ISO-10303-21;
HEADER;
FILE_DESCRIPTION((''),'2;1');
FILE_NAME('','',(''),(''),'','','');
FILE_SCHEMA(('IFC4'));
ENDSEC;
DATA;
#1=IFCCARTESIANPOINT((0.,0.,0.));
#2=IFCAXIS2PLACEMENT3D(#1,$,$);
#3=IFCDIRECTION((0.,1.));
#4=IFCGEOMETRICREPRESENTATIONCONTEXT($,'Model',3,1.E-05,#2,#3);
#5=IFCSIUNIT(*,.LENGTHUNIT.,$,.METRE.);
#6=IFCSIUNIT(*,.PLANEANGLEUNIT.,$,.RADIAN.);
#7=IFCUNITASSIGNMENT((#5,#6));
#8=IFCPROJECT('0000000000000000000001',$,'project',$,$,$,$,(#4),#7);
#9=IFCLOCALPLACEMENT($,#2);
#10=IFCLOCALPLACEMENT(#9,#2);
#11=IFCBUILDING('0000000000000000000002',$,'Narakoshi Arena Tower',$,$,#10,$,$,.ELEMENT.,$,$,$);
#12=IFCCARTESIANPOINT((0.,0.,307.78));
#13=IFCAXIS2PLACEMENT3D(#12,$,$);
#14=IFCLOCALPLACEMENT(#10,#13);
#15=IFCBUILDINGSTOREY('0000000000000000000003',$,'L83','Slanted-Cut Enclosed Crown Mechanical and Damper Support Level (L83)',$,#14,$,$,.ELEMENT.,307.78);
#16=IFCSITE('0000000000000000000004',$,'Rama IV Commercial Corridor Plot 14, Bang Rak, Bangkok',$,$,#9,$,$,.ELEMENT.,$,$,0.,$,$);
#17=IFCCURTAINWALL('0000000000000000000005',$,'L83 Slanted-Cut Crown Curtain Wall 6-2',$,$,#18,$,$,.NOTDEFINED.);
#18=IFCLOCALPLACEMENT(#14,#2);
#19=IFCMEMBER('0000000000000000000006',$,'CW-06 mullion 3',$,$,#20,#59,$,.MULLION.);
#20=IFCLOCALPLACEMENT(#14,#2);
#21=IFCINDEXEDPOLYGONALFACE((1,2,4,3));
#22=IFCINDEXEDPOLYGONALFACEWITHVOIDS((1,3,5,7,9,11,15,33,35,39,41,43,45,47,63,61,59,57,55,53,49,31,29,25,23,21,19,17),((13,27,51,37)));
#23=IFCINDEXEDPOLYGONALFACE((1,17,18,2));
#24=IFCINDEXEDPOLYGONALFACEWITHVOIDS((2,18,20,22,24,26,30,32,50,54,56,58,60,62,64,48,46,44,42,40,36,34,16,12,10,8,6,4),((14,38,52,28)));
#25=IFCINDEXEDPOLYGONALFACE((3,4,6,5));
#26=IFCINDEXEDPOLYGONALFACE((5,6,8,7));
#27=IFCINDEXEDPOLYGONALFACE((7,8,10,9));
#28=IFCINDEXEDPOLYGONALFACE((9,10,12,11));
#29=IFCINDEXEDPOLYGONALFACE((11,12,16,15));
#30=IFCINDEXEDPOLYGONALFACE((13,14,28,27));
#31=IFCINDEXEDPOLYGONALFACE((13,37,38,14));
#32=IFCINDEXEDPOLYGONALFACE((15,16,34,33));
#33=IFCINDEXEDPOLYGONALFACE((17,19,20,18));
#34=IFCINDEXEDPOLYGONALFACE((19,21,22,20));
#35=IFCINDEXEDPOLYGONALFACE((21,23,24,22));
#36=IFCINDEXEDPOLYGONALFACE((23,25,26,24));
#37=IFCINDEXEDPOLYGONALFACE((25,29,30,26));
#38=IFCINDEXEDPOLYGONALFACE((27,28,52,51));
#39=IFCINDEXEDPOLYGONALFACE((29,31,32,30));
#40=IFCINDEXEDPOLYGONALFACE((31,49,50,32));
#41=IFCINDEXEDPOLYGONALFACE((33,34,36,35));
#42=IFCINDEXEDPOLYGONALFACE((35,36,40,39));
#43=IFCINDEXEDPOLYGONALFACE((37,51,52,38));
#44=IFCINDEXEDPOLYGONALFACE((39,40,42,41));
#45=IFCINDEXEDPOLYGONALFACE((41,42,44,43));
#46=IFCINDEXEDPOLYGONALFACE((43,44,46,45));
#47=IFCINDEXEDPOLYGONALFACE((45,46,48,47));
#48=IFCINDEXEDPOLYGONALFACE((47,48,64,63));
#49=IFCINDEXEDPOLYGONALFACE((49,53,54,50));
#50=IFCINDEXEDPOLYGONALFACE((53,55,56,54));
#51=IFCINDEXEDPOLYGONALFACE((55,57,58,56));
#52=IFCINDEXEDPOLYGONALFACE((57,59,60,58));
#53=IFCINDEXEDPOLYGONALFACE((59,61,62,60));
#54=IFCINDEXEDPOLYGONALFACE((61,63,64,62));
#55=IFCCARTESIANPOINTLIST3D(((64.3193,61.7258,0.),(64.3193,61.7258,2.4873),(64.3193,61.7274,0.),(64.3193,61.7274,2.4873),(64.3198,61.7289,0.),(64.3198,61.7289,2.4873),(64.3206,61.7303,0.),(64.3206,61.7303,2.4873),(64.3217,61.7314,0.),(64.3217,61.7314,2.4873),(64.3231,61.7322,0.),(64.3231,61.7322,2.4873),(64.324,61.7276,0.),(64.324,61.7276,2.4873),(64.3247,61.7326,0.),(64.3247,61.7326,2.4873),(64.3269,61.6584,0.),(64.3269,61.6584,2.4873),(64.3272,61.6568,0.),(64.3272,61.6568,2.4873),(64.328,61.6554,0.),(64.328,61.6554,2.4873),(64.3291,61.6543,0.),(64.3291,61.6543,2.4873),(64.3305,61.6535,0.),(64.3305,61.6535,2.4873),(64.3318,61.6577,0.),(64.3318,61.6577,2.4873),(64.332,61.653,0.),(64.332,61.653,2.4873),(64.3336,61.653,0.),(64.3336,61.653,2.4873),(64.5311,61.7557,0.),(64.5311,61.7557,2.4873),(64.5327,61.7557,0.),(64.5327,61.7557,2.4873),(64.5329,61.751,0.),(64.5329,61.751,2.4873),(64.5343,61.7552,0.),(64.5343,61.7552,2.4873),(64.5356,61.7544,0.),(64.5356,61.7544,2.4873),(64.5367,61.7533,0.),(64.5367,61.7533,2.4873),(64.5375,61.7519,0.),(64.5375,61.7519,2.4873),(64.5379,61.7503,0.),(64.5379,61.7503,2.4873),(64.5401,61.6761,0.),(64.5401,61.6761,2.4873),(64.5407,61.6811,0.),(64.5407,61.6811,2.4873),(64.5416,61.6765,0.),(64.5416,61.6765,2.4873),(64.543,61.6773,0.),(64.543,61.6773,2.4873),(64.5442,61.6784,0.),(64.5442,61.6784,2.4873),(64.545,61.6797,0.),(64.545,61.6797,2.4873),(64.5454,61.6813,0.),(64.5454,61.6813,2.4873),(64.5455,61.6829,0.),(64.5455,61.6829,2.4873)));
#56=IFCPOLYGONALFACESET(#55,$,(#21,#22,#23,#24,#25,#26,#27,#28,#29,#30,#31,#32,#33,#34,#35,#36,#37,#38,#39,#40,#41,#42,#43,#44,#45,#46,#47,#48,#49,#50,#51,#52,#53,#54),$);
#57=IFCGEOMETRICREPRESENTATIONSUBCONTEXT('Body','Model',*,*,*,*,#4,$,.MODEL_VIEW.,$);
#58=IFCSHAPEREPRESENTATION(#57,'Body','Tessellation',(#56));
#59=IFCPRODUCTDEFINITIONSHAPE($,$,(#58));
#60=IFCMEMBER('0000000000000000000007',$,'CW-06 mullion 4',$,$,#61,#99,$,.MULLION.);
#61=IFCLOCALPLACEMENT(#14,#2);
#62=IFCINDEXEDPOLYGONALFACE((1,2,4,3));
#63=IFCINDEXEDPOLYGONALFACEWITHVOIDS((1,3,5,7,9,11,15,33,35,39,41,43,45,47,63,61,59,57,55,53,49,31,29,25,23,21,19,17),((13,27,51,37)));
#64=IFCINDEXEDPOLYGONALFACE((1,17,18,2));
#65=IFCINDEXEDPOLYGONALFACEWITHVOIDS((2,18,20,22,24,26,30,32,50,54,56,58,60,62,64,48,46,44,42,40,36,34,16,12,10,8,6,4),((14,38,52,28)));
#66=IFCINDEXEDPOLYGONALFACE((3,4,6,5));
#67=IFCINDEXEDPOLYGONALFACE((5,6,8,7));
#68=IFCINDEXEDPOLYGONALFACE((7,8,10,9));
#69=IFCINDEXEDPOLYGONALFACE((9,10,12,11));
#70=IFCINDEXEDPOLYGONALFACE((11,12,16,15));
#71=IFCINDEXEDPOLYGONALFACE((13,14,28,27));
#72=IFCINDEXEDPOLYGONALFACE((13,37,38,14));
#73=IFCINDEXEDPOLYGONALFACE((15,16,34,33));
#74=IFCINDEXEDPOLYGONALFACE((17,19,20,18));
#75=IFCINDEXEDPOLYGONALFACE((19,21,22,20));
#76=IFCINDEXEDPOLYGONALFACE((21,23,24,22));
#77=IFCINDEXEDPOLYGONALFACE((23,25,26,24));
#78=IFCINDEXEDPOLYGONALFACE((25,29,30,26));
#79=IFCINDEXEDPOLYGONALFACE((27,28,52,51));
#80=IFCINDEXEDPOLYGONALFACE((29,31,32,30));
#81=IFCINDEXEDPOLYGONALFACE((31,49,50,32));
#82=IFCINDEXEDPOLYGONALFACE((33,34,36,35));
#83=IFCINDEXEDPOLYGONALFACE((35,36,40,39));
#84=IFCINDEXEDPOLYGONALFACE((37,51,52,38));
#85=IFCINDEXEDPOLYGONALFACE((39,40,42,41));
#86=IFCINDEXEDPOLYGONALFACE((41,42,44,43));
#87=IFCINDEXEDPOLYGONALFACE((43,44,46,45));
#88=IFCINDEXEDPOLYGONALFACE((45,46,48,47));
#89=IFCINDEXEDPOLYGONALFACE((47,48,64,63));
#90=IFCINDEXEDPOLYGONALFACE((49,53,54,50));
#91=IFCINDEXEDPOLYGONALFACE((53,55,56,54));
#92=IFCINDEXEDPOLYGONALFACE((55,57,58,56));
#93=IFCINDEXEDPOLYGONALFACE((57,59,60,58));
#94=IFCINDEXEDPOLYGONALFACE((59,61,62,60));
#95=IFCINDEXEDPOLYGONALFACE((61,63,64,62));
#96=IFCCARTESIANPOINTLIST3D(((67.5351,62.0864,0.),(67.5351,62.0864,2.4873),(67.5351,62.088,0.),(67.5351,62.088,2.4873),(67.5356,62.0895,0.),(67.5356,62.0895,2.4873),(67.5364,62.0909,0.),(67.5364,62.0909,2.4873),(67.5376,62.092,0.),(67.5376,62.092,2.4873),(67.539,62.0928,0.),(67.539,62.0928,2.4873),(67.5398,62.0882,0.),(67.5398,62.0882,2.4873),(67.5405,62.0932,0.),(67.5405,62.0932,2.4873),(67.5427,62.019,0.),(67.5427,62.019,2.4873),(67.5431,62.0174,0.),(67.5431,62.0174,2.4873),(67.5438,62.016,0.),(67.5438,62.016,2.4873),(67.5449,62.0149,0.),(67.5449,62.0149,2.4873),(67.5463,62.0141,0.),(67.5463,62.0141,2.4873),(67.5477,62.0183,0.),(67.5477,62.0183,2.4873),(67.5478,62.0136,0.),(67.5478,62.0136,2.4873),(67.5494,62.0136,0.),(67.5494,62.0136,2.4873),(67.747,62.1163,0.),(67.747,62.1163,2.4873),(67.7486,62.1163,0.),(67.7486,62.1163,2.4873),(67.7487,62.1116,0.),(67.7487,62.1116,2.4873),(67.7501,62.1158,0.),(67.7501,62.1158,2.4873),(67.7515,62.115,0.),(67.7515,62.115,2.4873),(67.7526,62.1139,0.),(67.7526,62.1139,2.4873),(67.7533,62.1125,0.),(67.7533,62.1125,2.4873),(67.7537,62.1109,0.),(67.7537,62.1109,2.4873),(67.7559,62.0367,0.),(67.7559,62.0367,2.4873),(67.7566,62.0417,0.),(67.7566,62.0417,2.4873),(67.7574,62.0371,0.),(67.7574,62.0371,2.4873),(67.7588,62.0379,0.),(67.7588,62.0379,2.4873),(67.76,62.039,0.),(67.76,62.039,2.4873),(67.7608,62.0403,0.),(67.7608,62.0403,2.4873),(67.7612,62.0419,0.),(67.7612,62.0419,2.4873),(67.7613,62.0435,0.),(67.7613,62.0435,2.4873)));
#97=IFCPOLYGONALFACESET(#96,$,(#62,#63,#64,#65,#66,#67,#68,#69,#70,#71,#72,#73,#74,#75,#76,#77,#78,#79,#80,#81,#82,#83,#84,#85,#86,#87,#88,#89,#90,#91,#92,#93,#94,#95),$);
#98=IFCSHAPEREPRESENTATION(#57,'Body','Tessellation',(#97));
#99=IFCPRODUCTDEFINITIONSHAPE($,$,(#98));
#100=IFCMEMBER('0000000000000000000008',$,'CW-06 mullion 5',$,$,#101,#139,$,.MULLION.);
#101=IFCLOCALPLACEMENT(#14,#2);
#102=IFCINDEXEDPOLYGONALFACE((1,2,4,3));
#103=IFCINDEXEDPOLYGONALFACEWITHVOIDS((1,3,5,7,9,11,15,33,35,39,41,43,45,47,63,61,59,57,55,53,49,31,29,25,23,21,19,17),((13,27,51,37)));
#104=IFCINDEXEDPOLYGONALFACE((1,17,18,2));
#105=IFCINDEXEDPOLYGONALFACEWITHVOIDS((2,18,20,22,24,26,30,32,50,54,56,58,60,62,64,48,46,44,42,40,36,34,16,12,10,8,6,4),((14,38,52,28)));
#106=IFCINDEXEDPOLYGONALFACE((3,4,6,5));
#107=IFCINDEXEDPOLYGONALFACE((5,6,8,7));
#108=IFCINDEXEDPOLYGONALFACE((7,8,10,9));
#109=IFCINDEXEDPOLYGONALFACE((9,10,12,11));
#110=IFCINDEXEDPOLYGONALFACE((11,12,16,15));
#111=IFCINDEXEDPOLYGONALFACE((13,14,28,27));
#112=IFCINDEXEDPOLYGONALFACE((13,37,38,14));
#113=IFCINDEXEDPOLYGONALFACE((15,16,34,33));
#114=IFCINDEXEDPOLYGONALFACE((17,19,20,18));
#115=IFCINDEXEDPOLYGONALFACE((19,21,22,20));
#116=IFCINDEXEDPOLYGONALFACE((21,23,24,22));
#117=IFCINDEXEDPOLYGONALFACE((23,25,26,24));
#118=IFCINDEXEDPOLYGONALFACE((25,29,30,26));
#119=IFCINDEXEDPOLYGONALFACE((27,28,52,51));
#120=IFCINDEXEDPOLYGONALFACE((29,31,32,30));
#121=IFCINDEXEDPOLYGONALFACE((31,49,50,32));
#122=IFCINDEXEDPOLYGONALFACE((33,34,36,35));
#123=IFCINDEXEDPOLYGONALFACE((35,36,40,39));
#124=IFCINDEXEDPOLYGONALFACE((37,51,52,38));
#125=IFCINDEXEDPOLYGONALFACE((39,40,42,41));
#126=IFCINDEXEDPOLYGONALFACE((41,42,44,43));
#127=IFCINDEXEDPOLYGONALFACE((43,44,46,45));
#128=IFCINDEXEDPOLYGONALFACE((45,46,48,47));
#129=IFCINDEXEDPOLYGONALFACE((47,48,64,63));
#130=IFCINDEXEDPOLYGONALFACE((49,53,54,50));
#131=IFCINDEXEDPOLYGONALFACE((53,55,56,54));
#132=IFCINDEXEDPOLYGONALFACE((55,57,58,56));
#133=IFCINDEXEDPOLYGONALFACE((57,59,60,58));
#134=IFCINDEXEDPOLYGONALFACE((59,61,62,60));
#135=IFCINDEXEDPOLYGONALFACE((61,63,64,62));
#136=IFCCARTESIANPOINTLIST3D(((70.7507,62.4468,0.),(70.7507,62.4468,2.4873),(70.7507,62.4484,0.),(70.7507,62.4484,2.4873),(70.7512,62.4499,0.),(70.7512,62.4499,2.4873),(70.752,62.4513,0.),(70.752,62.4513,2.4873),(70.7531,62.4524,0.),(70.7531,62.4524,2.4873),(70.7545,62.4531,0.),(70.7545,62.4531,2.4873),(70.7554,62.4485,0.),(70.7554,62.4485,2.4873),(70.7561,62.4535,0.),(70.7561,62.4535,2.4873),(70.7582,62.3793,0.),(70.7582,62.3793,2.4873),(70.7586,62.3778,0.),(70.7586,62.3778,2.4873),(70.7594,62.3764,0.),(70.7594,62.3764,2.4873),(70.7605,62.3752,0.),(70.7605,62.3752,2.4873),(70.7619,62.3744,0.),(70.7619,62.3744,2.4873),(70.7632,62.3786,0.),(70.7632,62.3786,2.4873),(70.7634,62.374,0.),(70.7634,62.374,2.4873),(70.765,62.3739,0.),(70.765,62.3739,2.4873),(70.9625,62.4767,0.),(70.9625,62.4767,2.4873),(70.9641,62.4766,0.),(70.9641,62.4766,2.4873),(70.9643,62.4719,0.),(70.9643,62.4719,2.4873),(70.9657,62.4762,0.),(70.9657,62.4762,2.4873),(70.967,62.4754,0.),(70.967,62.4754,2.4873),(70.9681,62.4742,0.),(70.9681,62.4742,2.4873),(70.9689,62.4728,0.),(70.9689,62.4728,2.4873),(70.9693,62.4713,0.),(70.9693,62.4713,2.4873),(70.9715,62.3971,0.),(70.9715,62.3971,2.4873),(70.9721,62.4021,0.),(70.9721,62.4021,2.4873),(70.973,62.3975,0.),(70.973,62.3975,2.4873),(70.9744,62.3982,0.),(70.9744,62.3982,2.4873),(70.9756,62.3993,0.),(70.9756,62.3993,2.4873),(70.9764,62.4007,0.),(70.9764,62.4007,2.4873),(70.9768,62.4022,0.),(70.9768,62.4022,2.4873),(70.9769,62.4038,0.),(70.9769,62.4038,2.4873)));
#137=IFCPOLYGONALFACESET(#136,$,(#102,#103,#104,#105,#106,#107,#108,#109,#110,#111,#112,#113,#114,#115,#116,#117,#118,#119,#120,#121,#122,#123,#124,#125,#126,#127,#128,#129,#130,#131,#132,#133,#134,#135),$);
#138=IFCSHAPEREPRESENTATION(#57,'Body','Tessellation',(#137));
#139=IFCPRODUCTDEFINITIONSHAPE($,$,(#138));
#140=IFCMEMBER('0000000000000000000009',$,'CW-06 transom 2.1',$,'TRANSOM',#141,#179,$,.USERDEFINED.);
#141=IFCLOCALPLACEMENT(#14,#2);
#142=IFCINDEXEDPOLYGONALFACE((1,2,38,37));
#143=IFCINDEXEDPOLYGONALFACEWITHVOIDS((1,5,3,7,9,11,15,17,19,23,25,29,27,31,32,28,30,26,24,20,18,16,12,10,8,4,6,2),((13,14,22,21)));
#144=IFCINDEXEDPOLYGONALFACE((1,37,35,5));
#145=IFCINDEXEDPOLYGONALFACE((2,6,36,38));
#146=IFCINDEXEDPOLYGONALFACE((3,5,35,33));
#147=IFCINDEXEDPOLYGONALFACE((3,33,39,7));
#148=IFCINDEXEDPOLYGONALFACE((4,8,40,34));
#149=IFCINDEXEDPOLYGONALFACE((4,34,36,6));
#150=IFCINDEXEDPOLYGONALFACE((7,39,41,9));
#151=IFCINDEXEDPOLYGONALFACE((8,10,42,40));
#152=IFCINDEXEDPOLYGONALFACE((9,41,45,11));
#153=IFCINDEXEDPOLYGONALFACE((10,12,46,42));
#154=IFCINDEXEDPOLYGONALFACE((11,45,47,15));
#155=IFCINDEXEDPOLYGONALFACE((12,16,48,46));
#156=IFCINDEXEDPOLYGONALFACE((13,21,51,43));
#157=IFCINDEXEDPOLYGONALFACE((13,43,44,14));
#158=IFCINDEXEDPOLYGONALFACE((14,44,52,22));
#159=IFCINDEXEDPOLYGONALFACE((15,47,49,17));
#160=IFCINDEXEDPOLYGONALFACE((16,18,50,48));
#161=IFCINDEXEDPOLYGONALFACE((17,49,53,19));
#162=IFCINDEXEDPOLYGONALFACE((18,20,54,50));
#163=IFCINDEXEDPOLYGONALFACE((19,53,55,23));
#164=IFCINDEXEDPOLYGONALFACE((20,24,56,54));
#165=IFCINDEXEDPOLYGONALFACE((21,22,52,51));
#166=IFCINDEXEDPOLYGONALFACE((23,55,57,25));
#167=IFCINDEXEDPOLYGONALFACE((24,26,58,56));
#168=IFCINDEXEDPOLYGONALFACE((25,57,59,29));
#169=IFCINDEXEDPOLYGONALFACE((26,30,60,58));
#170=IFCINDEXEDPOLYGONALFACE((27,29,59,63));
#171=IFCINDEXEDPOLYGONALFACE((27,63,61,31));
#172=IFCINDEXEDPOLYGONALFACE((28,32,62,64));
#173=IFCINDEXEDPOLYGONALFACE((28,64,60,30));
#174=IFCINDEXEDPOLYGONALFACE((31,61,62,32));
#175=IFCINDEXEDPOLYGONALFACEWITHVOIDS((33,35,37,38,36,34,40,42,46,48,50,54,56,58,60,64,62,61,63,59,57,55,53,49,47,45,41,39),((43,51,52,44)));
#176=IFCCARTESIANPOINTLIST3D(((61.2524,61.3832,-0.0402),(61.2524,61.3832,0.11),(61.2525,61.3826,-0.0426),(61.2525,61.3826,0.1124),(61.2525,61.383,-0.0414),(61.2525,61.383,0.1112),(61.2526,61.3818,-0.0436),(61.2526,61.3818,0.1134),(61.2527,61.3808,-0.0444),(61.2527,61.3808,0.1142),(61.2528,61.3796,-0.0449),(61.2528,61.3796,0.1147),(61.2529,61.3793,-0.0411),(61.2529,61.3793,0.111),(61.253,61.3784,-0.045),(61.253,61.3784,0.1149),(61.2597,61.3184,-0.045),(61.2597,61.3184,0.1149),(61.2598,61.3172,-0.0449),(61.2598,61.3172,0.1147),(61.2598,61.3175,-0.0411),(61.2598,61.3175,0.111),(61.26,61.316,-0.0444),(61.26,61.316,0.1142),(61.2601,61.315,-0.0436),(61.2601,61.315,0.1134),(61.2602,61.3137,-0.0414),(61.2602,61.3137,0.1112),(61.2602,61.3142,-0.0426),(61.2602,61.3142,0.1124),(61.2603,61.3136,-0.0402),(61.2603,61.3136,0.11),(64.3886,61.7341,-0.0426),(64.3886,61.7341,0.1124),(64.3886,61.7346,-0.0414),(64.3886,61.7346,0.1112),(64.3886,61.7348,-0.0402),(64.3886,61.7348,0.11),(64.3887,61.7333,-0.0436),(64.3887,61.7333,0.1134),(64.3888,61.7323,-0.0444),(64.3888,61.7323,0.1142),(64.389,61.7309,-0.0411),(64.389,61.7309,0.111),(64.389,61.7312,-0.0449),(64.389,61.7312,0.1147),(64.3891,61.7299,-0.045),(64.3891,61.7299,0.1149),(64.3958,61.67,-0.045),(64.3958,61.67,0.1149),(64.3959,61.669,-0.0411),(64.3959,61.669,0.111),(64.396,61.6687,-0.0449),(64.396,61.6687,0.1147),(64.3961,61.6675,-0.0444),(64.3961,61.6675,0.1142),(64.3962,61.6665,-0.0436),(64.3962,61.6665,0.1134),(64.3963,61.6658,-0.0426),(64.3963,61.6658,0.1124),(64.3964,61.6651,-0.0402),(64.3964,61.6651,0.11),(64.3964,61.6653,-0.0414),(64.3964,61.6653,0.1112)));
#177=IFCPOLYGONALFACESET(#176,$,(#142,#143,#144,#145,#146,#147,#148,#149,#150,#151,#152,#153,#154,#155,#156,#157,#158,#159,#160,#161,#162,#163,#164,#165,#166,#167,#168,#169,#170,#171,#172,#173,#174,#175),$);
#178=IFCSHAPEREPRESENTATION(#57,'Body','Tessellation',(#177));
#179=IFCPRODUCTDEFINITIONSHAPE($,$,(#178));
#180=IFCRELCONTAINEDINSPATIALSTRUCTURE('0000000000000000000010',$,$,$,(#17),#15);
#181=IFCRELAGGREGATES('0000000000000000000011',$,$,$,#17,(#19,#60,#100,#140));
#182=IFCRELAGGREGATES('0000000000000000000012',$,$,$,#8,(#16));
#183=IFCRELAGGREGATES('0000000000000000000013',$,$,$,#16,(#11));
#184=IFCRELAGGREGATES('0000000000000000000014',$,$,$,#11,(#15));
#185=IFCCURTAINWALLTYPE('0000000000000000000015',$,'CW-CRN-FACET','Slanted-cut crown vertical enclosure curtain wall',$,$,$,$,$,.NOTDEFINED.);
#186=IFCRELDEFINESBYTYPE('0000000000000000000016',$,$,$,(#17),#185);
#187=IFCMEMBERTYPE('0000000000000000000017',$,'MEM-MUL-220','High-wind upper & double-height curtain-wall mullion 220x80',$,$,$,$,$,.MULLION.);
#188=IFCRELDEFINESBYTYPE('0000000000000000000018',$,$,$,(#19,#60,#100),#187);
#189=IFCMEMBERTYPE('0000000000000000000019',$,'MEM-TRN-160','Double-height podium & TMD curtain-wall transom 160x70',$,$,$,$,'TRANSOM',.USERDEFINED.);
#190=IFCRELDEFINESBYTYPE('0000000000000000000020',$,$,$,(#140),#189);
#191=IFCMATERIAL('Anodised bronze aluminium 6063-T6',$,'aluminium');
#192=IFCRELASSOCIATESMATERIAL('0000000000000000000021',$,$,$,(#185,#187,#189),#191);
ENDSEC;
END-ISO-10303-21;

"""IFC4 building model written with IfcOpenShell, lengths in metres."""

from ifc_helpers import new_model, si_unit, direction, frame, origin, origin_2d, place, context, subcontext, project, spatial, hollow_rectangle, extrude, material, material_profile, profile_set, type_object, element, aggregate, save


model = new_model("IFC4")

# Units and contexts
model_context = context("Model", 3, precision=1e-05, world=origin(), true_north=direction((0.0, 1.0)))
body_context = subcontext(model_context, "Body", "Model", "MODEL_VIEW")
ifc_project = project(units=[si_unit("LENGTHUNIT", "METRE"), si_unit("PLANEANGLEUNIT", "RADIAN")], contexts=[model_context])

# Site, building, storey
site_placement = place(None, origin())
site = spatial("IfcSite", under=ifc_project, at=site_placement, Name="Rama IV Commercial Corridor Plot 14, Bang Rak, Bangkok", CompositionType="ELEMENT", RefElevation=0.0)
building_placement = place(site_placement, origin())
building = spatial("IfcBuilding", under=site, at=building_placement, Name="Narakoshi Arena Tower", CompositionType="ELEMENT")
storey_placement = place(building_placement, frame((0.0, 0.0, 307.78)))
storey = spatial("IfcBuildingStorey", under=building, at=storey_placement, Name="L83", Description="Slanted-Cut Enclosed Crown Mechanical and Damper Support Level (L83)", CompositionType="ELEMENT", Elevation=307.78)

# Curtain wall, members
ifc_material_1 = material(Name="Anodised bronze aluminium 6063-T6", Category="aluminium")
curtain_wall_type = type_object("IfcCurtainWallType", Name="CW-CRN-FACET", Description="Slanted-cut crown vertical enclosure curtain wall", PredefinedType="NOTDEFINED", material=ifc_material_1)
curtain_wall_placement = place(storey_placement, origin())
curtain_wall = element("IfcCurtainWall", 1, at=curtain_wall_placement, inside=storey, type_object=curtain_wall_type, Name="L83 Slanted-Cut Crown Curtain Wall 6-2", PredefinedType="NOTDEFINED")
ifc_material_profile_1 = material_profile(ifc_material_1, hollow_rectangle(XDim=0.0801, YDim=0.22, WallThickness=0.0049, OuterFilletRadius=0.0061, at=origin_2d()), Name="MUL220x80x5")
ifc_profile_set_1 = profile_set([ifc_material_profile_1], Name="Anodised bronze aluminium 6063-T6")
member_type_1 = type_object("IfcMemberType", Name="MEM-MUL-220", Description="High-wind upper & double-height curtain-wall mullion 220x80", PredefinedType="MULLION", material=ifc_profile_set_1)
member_1_placement = place(storey_placement, frame((64.4324, 61.7043, 0.0), z_axis=(0.0, 0.0, 1.0), x_axis=(-0.111395, 0.993776, 0.0)))
member_1 = element("IfcMember", 2, at=member_1_placement, type_object=member_type_1, Name="CW-06 mullion 3", PredefinedType="MULLION", context=body_context, shape_type="SweptSolid", body=[
    extrude(hollow_rectangle(XDim=0.0801, YDim=0.22, WallThickness=0.0049, OuterFilletRadius=0.0061, at=origin_2d()), origin(), (0.0, 0.0, 1.0), 2.4873),
])
member_2_placement = place(storey_placement, frame((67.6482, 62.0649, 0.0), z_axis=(0.0, 0.0, 1.0), x_axis=(-0.111395, 0.993776, 0.0)))
member_2 = element("IfcMember", 3, at=member_2_placement, type_object=member_type_1, Name="CW-06 mullion 4", PredefinedType="MULLION", context=body_context, shape_type="SweptSolid", body=[
    extrude(hollow_rectangle(XDim=0.0801, YDim=0.22, WallThickness=0.0049, OuterFilletRadius=0.0061, at=origin_2d()), origin(), (0.0, 0.0, 1.0), 2.4873),
])
member_3_placement = place(storey_placement, frame((70.8638, 62.4253, 0.0), z_axis=(0.0, 0.0, 1.0), x_axis=(-0.111395, 0.993776, 0.0)))
member_3 = element("IfcMember", 4, at=member_3_placement, type_object=member_type_1, Name="CW-06 mullion 5", PredefinedType="MULLION", context=body_context, shape_type="SweptSolid", body=[
    extrude(hollow_rectangle(XDim=0.0801, YDim=0.22, WallThickness=0.0049, OuterFilletRadius=0.0061, at=origin_2d()), origin(), (0.0, 0.0, 1.0), 2.4873),
])
ifc_material_profile_2 = material_profile(ifc_material_1, hollow_rectangle(XDim=0.0701, YDim=0.1599, WallThickness=0.0039, OuterFilletRadius=0.0049, at=origin_2d()), Name="TRN160x70x4")
ifc_profile_set_2 = profile_set([ifc_material_profile_2], Name="Anodised bronze aluminium 6063-T6")
member_type_2 = type_object("IfcMemberType", Name="MEM-TRN-160", Description="Double-height podium & TMD curtain-wall transom 160x70", ElementType="TRANSOM", PredefinedType="USERDEFINED", material=ifc_profile_set_2)
member_4_placement = place(storey_placement, frame((61.2563, 61.3484, 0.0349), z_axis=(0.993776, 0.111399, 0.0), x_axis=(-0.111399, 0.993776, 0.0)))
member_4 = element("IfcMember", 5, at=member_4_placement, type_object=member_type_2, Name="CW-06 transom 2.1", ObjectType="TRANSOM", PredefinedType="USERDEFINED", context=body_context, shape_type="SweptSolid", body=[
    extrude(hollow_rectangle(XDim=0.0701, YDim=0.1599, WallThickness=0.0039, OuterFilletRadius=0.0049, at=origin_2d()), origin(), (0.0, 0.0, 1.0), 3.1558),
])
aggregate(curtain_wall, [member_1, member_2, member_3, member_4])

save(model, "model.ifc")
